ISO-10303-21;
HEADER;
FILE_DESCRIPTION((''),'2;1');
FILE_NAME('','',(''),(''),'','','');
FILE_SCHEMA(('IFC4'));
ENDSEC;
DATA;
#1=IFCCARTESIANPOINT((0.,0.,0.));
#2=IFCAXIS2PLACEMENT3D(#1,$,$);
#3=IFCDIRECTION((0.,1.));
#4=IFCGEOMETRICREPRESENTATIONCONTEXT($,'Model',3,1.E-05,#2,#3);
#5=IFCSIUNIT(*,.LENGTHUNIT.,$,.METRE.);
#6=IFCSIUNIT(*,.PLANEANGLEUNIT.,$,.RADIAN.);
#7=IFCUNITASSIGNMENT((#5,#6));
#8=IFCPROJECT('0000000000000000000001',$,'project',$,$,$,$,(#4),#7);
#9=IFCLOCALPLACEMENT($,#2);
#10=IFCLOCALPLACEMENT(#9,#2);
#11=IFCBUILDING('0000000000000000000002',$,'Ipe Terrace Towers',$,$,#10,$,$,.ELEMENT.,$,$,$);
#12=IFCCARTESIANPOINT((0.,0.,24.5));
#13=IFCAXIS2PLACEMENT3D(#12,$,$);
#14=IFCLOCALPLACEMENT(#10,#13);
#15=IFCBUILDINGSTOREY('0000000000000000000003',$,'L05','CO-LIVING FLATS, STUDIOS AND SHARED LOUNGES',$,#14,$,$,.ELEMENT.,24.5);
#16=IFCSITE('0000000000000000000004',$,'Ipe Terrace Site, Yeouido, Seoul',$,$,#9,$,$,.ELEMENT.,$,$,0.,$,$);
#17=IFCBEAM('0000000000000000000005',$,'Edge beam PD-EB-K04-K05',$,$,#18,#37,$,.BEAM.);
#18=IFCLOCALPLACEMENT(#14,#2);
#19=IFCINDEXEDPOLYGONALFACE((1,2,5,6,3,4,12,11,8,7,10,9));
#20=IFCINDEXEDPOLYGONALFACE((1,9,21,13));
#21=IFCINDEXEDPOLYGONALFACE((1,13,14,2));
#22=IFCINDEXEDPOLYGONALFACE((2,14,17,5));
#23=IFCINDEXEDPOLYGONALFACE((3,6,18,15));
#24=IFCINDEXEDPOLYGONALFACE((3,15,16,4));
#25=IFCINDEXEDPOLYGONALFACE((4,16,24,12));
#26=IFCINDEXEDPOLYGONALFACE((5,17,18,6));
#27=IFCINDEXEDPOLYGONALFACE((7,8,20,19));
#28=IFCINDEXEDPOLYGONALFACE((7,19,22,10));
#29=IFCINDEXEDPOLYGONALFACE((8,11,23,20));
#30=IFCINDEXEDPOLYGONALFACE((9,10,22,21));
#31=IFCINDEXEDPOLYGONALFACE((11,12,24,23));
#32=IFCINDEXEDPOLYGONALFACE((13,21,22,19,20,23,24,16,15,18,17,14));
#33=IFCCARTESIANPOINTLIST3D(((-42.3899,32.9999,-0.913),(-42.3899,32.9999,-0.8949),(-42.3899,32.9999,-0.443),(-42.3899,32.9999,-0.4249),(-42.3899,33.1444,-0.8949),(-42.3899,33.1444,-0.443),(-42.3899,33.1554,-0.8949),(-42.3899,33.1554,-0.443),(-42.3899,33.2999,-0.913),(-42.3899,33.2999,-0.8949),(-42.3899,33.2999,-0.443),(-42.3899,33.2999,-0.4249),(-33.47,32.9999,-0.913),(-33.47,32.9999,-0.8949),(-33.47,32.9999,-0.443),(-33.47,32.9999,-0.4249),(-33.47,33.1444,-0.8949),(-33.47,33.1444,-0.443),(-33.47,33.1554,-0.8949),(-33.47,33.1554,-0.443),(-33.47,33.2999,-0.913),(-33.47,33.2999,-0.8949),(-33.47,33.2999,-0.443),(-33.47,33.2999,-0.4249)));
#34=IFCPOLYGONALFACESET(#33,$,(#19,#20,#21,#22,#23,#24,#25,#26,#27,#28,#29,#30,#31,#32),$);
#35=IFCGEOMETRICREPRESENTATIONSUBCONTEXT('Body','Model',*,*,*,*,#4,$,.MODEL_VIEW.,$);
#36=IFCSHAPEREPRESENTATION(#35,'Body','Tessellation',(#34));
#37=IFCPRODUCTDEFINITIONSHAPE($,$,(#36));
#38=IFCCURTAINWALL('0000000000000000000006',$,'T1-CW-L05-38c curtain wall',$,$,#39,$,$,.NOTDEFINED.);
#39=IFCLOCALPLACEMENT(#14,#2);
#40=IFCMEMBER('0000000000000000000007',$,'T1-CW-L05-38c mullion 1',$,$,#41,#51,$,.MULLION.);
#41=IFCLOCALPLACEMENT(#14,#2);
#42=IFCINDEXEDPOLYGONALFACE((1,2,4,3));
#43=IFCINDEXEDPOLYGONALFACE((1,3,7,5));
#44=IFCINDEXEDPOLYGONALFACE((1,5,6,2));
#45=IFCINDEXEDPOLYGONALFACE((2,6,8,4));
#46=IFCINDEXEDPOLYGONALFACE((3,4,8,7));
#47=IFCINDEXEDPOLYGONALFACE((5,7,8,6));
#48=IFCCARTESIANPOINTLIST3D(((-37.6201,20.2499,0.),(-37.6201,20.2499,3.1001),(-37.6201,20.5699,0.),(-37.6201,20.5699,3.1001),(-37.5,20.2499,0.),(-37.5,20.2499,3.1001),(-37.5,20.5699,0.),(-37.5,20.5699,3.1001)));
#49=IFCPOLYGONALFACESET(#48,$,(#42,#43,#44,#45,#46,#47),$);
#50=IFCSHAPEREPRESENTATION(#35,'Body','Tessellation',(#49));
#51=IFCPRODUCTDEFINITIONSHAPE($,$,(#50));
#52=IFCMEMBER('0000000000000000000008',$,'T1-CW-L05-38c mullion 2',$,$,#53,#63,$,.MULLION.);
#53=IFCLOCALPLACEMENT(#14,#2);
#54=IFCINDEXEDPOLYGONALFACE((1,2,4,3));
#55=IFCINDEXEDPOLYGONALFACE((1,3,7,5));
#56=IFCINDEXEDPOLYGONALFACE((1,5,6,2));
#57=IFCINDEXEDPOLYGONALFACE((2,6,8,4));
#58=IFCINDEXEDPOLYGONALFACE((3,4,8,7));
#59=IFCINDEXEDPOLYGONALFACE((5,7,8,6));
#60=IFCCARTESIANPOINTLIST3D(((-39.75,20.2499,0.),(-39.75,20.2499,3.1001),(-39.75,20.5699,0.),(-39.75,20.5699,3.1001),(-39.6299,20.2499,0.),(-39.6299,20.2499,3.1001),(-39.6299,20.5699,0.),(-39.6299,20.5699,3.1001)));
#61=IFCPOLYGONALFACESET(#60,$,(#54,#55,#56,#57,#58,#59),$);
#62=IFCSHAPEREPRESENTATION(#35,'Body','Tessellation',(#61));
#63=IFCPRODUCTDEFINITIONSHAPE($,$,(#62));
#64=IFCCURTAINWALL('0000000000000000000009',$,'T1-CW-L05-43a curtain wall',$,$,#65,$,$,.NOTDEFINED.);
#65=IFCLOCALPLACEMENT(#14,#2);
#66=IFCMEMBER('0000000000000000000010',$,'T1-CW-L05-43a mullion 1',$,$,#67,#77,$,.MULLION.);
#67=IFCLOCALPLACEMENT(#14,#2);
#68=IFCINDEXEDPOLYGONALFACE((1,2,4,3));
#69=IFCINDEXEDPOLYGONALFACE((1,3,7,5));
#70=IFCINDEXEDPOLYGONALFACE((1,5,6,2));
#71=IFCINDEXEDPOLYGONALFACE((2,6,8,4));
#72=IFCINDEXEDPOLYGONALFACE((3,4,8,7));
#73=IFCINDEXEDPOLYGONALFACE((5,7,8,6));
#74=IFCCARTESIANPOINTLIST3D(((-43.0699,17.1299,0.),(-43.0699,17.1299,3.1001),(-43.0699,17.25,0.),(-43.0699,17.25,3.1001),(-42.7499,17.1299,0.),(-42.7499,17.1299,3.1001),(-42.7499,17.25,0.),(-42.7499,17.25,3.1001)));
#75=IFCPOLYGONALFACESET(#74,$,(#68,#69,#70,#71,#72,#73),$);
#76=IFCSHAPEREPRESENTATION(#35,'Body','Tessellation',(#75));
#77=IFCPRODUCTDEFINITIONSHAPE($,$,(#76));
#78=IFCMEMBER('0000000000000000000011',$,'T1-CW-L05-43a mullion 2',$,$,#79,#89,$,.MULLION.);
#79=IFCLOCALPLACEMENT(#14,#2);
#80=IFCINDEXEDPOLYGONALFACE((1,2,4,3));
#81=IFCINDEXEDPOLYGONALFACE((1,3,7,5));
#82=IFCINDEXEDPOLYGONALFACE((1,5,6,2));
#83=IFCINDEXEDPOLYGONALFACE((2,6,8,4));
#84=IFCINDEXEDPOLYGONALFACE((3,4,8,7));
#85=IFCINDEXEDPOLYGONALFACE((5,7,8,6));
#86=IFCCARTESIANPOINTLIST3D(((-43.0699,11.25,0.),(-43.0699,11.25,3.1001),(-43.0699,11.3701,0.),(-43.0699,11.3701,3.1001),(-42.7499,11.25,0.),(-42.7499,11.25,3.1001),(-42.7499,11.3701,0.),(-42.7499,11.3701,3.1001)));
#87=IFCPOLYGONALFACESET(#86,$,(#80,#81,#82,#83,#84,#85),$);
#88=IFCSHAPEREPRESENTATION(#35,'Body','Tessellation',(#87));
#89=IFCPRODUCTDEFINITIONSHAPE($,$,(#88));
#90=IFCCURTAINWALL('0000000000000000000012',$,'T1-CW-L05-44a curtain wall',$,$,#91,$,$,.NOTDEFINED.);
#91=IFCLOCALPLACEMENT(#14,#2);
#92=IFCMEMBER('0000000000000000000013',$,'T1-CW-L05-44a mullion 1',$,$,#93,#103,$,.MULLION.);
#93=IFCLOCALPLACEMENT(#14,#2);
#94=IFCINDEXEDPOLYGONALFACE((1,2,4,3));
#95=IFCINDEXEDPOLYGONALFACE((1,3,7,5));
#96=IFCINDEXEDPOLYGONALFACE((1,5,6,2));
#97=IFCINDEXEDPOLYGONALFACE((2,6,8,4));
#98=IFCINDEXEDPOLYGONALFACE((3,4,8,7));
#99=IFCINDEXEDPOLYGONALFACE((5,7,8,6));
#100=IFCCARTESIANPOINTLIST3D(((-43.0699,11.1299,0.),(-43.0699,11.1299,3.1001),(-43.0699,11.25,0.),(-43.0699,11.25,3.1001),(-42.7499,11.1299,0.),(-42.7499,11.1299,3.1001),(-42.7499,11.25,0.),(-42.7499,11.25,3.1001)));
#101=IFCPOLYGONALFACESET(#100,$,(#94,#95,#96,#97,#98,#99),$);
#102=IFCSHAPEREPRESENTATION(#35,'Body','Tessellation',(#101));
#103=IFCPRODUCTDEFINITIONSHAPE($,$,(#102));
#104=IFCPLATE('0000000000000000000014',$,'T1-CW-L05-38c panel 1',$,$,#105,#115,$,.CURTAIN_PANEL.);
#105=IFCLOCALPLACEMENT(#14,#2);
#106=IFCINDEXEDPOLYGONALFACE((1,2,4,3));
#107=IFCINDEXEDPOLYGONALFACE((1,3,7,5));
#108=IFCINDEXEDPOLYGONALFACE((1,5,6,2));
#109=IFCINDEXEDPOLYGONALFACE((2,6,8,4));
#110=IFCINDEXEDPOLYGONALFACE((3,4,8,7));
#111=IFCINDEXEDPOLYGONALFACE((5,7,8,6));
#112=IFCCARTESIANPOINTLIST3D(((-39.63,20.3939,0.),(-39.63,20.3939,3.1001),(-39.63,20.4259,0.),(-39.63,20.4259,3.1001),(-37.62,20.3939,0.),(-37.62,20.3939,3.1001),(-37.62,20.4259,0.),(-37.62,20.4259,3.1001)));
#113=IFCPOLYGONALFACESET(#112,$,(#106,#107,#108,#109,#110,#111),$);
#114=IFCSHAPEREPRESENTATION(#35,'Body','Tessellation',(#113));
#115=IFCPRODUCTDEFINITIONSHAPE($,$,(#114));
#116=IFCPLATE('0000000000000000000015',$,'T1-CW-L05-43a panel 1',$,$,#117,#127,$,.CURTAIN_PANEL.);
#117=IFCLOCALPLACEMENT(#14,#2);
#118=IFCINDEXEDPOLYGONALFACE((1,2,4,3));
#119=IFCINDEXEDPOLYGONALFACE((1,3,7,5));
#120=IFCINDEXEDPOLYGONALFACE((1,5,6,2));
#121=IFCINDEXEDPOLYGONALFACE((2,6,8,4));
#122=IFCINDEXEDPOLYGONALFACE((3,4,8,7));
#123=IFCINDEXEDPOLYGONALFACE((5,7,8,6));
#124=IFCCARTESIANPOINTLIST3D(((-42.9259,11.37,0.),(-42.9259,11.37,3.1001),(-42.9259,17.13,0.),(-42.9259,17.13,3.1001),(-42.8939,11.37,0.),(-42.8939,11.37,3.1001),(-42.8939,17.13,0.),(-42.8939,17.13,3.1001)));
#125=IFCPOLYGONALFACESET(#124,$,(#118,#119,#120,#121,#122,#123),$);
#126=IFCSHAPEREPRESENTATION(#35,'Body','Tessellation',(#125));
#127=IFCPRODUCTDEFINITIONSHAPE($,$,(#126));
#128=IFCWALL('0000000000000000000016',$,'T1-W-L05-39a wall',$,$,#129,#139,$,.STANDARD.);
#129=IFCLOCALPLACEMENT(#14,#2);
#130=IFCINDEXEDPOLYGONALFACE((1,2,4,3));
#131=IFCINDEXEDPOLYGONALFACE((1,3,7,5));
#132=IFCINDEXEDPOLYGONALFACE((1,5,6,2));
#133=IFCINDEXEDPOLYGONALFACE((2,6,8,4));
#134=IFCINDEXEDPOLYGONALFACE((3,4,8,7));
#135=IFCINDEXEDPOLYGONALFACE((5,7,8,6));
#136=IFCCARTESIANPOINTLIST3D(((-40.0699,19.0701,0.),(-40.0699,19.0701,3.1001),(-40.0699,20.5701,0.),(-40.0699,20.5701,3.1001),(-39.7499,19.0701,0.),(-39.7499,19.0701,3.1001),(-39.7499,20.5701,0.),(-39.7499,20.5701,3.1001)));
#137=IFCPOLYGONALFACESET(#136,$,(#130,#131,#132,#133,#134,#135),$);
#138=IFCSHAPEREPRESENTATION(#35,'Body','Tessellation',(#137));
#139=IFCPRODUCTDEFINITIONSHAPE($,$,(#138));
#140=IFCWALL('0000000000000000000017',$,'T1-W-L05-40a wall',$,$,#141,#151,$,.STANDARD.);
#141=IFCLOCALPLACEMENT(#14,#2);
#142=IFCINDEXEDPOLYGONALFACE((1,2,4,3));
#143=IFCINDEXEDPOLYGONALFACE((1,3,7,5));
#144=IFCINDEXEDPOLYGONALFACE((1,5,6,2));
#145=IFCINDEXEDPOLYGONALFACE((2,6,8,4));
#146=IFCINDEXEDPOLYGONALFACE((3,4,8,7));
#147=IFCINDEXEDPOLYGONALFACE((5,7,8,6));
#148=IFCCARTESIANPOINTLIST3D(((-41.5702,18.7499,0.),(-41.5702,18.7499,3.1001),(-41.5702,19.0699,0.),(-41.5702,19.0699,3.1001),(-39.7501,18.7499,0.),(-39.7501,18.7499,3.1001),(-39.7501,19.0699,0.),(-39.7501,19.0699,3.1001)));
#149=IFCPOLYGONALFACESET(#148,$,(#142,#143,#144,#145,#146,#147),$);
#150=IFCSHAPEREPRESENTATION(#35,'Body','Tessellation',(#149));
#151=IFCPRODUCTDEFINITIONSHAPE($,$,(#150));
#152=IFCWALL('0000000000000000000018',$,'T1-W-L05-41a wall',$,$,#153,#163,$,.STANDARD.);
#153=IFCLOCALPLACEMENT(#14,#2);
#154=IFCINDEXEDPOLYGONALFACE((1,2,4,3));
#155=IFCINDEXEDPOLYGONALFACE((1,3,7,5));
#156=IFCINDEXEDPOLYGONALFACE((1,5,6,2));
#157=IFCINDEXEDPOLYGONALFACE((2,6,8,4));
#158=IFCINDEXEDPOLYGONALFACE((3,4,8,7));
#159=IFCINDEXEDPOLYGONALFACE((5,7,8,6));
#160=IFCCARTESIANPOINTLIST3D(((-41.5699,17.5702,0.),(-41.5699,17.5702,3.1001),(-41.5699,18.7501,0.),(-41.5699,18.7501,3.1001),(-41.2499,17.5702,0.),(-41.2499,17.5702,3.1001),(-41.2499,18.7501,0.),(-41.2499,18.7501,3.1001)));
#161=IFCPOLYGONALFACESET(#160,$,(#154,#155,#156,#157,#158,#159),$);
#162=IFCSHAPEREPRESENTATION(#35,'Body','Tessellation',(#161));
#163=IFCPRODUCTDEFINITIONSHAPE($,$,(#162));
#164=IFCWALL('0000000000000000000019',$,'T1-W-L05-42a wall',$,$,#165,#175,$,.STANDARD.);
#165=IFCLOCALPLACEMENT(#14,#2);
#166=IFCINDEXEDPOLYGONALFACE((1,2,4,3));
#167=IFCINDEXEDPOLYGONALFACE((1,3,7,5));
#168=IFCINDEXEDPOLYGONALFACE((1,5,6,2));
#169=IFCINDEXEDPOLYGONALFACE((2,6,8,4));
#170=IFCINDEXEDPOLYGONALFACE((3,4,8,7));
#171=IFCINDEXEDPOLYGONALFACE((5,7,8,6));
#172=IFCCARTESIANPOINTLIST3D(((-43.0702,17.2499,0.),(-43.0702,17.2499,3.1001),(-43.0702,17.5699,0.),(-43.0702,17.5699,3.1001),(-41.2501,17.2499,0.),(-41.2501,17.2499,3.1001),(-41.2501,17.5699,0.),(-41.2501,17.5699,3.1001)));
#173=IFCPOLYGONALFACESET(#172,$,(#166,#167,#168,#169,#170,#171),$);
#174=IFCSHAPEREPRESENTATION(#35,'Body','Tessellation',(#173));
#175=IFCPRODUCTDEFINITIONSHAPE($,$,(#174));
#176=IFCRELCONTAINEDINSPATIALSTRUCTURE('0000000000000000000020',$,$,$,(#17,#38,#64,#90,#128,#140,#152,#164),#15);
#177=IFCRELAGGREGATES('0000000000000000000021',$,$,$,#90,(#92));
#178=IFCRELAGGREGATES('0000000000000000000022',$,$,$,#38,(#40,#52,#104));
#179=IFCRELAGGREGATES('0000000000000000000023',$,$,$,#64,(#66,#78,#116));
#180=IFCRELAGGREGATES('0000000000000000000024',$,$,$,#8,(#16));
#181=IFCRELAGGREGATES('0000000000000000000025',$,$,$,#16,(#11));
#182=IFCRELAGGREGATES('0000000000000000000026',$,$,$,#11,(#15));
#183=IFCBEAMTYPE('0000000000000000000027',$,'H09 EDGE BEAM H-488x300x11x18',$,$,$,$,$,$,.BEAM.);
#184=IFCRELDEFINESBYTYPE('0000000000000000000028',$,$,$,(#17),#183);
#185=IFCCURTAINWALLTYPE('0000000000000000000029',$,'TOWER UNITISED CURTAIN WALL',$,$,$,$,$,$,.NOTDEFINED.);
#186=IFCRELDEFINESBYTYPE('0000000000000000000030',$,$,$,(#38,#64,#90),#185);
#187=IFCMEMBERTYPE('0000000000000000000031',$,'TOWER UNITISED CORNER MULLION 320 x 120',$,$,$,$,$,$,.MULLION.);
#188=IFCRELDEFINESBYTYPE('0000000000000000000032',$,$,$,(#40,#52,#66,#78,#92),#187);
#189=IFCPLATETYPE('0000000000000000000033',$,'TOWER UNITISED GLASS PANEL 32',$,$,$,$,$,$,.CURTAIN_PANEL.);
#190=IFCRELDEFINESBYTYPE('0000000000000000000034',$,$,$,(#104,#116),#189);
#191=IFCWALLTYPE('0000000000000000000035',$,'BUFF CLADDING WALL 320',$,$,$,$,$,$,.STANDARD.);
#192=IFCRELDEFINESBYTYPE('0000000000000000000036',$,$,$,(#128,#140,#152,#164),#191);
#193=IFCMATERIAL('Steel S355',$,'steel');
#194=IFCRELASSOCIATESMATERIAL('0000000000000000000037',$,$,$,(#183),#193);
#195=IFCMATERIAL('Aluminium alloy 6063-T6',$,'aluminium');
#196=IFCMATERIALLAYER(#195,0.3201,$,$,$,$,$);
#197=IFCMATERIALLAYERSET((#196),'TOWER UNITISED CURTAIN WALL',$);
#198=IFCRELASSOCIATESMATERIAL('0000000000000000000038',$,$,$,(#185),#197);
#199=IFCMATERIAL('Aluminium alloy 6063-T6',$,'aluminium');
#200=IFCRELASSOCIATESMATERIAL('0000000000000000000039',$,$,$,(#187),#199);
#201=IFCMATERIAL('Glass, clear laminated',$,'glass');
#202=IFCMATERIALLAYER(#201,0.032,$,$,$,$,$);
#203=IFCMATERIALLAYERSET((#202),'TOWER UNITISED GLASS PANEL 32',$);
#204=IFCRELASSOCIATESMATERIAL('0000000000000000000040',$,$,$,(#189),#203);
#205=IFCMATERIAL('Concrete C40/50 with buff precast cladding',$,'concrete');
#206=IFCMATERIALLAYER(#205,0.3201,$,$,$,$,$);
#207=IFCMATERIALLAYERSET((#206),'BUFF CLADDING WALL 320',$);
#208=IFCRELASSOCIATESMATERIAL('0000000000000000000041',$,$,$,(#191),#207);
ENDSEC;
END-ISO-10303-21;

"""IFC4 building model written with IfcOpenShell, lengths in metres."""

from ifc_helpers import new_model, si_unit, direction, frame, frame_2d, origin, origin_2d, place, context, subcontext, project, spatial, rectangle, i_section, extrude, material, layer, layer_set, material_profile, profile_set, type_object, element, aggregate, save


model = new_model("IFC4")

# Units and contexts
model_context = context("Model", 3, precision=1e-05, world=origin(), true_north=direction((0.0, 1.0)))
body_context = subcontext(model_context, "Body", "Model", "MODEL_VIEW")
ifc_project = project(units=[si_unit("LENGTHUNIT", "METRE"), si_unit("PLANEANGLEUNIT", "RADIAN")], contexts=[model_context])

# Site, building, storey
site_placement = place(None, origin())
site = spatial("IfcSite", under=ifc_project, at=site_placement, Name="Ipe Terrace Site, Yeouido, Seoul", CompositionType="ELEMENT", RefElevation=0.0)
building_placement = place(site_placement, origin())
building = spatial("IfcBuilding", under=site, at=building_placement, Name="Ipe Terrace Towers", CompositionType="ELEMENT")
storey_placement = place(building_placement, frame((0.0, 0.0, 24.5)))
storey = spatial("IfcBuildingStorey", under=building, at=storey_placement, Name="L05", Description="CO-LIVING FLATS, STUDIOS AND SHARED LOUNGES", CompositionType="ELEMENT", Elevation=24.5)

# Beam
ifc_material_1 = material(Name="Steel S355", Category="steel")
ifc_material_profile_1 = material_profile(ifc_material_1, i_section(OverallWidth=0.3, OverallDepth=0.488, WebThickness=0.011, FlangeThickness=0.0181, at=origin_2d()), Name="H-488x300x11x18")
ifc_profile_set_1 = profile_set([ifc_material_profile_1], Name="Steel S355")
beam_type_1 = type_object("IfcBeamType", Name="H09 EDGE BEAM H-488x300x11x18", PredefinedType="BEAM", material=ifc_profile_set_1)
beam_1_placement = place(storey_placement, frame((-42.3899, 33.1499, -0.6689), z_axis=(1.0, 0.0, 0.0), x_axis=(0.0, 1.0, 0.0)))
element("IfcBeam", 1, at=beam_1_placement, inside=storey, type_object=beam_type_1, Name="Edge beam PD-EB-K04-K05", PredefinedType="BEAM", context=body_context, shape_type="SweptSolid", body=[
    extrude(i_section(OverallWidth=0.3, OverallDepth=0.488, WebThickness=0.011, FlangeThickness=0.0181, at=origin_2d()), origin(), (0.0, 0.0, 1.0), 8.9199),
])

# Curtain walls, members
ifc_material_2 = material(Name="Aluminium alloy 6063-T6", Category="aluminium")
ifc_layer_1 = layer(ifc_material_2, 0.3201)
ifc_layer_set_1 = layer_set([ifc_layer_1], Name="TOWER UNITISED CURTAIN WALL")
curtain_wall_type = type_object("IfcCurtainWallType", Name="TOWER UNITISED CURTAIN WALL", PredefinedType="NOTDEFINED", material=ifc_layer_set_1)
curtain_wall_1_placement = place(storey_placement, origin())
curtain_wall_1 = element("IfcCurtainWall", 2, at=curtain_wall_1_placement, inside=storey, type_object=curtain_wall_type, Name="T1-CW-L05-38c curtain wall", PredefinedType="NOTDEFINED")
ifc_material_3 = material(Name="Aluminium alloy 6063-T6", Category="aluminium")
ifc_material_profile_2 = material_profile(ifc_material_3, rectangle(XDim=0.3201, YDim=0.1201, at=origin_2d()), Name="TOWER UNITISED CORNER MULLION 320 x 120")
ifc_profile_set_2 = profile_set([ifc_material_profile_2], Name="Aluminium alloy 6063-T6")
member_type = type_object("IfcMemberType", Name="TOWER UNITISED CORNER MULLION 320 x 120", PredefinedType="MULLION", material=ifc_profile_set_2)
member_1_placement = place(storey_placement, frame((-37.5601, 20.4099, 0.0), z_axis=(0.0, 0.0, 1.0), x_axis=(0.0, 1.0, 0.0)))
member_1 = element("IfcMember", 3, at=member_1_placement, type_object=member_type, Name="T1-CW-L05-38c mullion 1", PredefinedType="MULLION", context=body_context, shape_type="SweptSolid", body=[
    extrude(rectangle(XDim=0.3201, YDim=0.1201, at=origin_2d()), origin(), (0.0, 0.0, 1.0), 3.1001),
])
member_2_placement = place(storey_placement, frame((-39.6899, 20.4099, 0.0), z_axis=(0.0, 0.0, 1.0), x_axis=(0.0, 1.0, 0.0)))
member_2 = element("IfcMember", 4, at=member_2_placement, type_object=member_type, Name="T1-CW-L05-38c mullion 2", PredefinedType="MULLION", context=body_context, shape_type="SweptSolid", body=[
    extrude(rectangle(XDim=0.3201, YDim=0.1201, at=origin_2d()), origin(), (0.0, 0.0, 1.0), 3.1001),
])
curtain_wall_2_placement = place(storey_placement, origin())
curtain_wall_2 = element("IfcCurtainWall", 5, at=curtain_wall_2_placement, inside=storey, type_object=curtain_wall_type, Name="T1-CW-L05-43a curtain wall", PredefinedType="NOTDEFINED")
member_3_placement = place(storey_placement, frame((-42.9099, 17.1899, 0.0), z_axis=(0.0, 0.0, 1.0), x_axis=(-1.0, 0.0, 0.0)))
member_3 = element("IfcMember", 6, at=member_3_placement, type_object=member_type, Name="T1-CW-L05-43a mullion 1", PredefinedType="MULLION", context=body_context, shape_type="SweptSolid", body=[
    extrude(rectangle(XDim=0.3201, YDim=0.1201, at=origin_2d()), origin(), (0.0, 0.0, 1.0), 3.1001),
])
member_4_placement = place(storey_placement, frame((-42.9099, 11.3101, 0.0), z_axis=(0.0, 0.0, 1.0), x_axis=(-1.0, 0.0, 0.0)))
member_4 = element("IfcMember", 7, at=member_4_placement, type_object=member_type, Name="T1-CW-L05-43a mullion 2", PredefinedType="MULLION", context=body_context, shape_type="SweptSolid", body=[
    extrude(rectangle(XDim=0.3201, YDim=0.1201, at=origin_2d()), origin(), (0.0, 0.0, 1.0), 3.1001),
])

# Curtain wall, member
curtain_wall_3_placement = place(storey_placement, origin())
curtain_wall_3 = element("IfcCurtainWall", 8, at=curtain_wall_3_placement, inside=storey, type_object=curtain_wall_type, Name="T1-CW-L05-44a curtain wall", PredefinedType="NOTDEFINED")
member_5_placement = place(storey_placement, frame((-42.9099, 11.1899, 0.0), z_axis=(0.0, 0.0, 1.0), x_axis=(-1.0, 0.0, 0.0)))
member_5 = element("IfcMember", 9, at=member_5_placement, type_object=member_type, Name="T1-CW-L05-44a mullion 1", PredefinedType="MULLION", context=body_context, shape_type="SweptSolid", body=[
    extrude(rectangle(XDim=0.3201, YDim=0.1201, at=origin_2d()), origin(), (0.0, 0.0, 1.0), 3.1001),
])
aggregate(curtain_wall_3, [member_5])

# Plates
ifc_material_4 = material(Name="Glass, clear laminated", Category="glass")
ifc_layer_2 = layer(ifc_material_4, 0.032)
ifc_layer_set_2 = layer_set([ifc_layer_2], Name="TOWER UNITISED GLASS PANEL 32")
plate_type = type_object("IfcPlateType", Name="TOWER UNITISED GLASS PANEL 32", PredefinedType="CURTAIN_PANEL", material=ifc_layer_set_2)
plate_1_placement = place(storey_placement, frame((-38.625, 20.4099, 0.0), z_axis=(0.0, 0.0, 1.0), x_axis=(-1.0, 0.0, 0.0)))
plate_1 = element("IfcPlate", 10, at=plate_1_placement, type_object=plate_type, Name="T1-CW-L05-38c panel 1", PredefinedType="CURTAIN_PANEL", context=body_context, shape_type="SweptSolid", body=[
    extrude(rectangle(XDim=2.01, YDim=0.032, at=origin_2d()), origin(), (0.0, 0.0, 1.0), 3.1001),
])
aggregate(curtain_wall_1, [member_1, member_2, plate_1])
plate_2_placement = place(storey_placement, frame((-42.9099, 14.25, 0.0), z_axis=(0.0, 0.0, 1.0), x_axis=(0.0, -1.0, 0.0)))
plate_2 = element("IfcPlate", 11, at=plate_2_placement, type_object=plate_type, Name="T1-CW-L05-43a panel 1", PredefinedType="CURTAIN_PANEL", context=body_context, shape_type="SweptSolid", body=[
    extrude(rectangle(XDim=5.76, YDim=0.032, at=origin_2d()), origin(), (0.0, 0.0, 1.0), 3.1001),
])
aggregate(curtain_wall_2, [member_3, member_4, plate_2])

# Walls
ifc_material_5 = material(Name="Concrete C40/50 with buff precast cladding", Category="concrete")
ifc_layer_3 = layer(ifc_material_5, 0.3201)
ifc_layer_set_3 = layer_set([ifc_layer_3], Name="BUFF CLADDING WALL 320")
wall_type_1 = type_object("IfcWallType", Name="BUFF CLADDING WALL 320", PredefinedType="STANDARD", material=ifc_layer_set_3)
wall_1_placement = place(storey_placement, frame((-39.9099, 20.5701, 0.0), z_axis=(0.0, 0.0, 1.0), x_axis=(0.0, -1.0, 0.0)))
element("IfcWall", 12, at=wall_1_placement, inside=storey, type_object=wall_type_1, Name="T1-W-L05-39a wall", PredefinedType="STANDARD", context=body_context, shape_type="SweptSolid", body=[
    extrude(rectangle(XDim=1.5, YDim=0.3201, at=frame_2d((0.75, 0.0))), origin(), (0.0, 0.0, 1.0), 3.1001),
])
wall_2_placement = place(storey_placement, frame((-39.75, 18.9099, 0.0), z_axis=(0.0, 0.0, 1.0), x_axis=(-1.0, 0.0, 0.0)))
element("IfcWall", 13, at=wall_2_placement, inside=storey, type_object=wall_type_1, Name="T1-W-L05-40a wall", PredefinedType="STANDARD", context=body_context, shape_type="SweptSolid", body=[
    extrude(rectangle(XDim=1.8201, YDim=0.3201, at=frame_2d((0.9102, 0.0))), origin(), (0.0, 0.0, 1.0), 3.1001),
])
wall_3_placement = place(storey_placement, frame((-41.4099, 18.75, 0.0), z_axis=(0.0, 0.0, 1.0), x_axis=(0.0, -1.0, 0.0)))
element("IfcWall", 14, at=wall_3_placement, inside=storey, type_object=wall_type_1, Name="T1-W-L05-41a wall", PredefinedType="STANDARD", context=body_context, shape_type="SweptSolid", body=[
    extrude(rectangle(XDim=1.1799, YDim=0.3201, at=frame_2d((0.5898, 0.0))), origin(), (0.0, 0.0, 1.0), 3.1001),
])
wall_4_placement = place(storey_placement, frame((-41.25, 17.4099, 0.0), z_axis=(0.0, 0.0, 1.0), x_axis=(-1.0, 0.0, 0.0)))
element("IfcWall", 15, at=wall_4_placement, inside=storey, type_object=wall_type_1, Name="T1-W-L05-42a wall", PredefinedType="STANDARD", context=body_context, shape_type="SweptSolid", body=[
    extrude(rectangle(XDim=1.8201, YDim=0.3201, at=frame_2d((0.9102, 0.0))), origin(), (0.0, 0.0, 1.0), 3.1001),
])

save(model, "model.ifc")
